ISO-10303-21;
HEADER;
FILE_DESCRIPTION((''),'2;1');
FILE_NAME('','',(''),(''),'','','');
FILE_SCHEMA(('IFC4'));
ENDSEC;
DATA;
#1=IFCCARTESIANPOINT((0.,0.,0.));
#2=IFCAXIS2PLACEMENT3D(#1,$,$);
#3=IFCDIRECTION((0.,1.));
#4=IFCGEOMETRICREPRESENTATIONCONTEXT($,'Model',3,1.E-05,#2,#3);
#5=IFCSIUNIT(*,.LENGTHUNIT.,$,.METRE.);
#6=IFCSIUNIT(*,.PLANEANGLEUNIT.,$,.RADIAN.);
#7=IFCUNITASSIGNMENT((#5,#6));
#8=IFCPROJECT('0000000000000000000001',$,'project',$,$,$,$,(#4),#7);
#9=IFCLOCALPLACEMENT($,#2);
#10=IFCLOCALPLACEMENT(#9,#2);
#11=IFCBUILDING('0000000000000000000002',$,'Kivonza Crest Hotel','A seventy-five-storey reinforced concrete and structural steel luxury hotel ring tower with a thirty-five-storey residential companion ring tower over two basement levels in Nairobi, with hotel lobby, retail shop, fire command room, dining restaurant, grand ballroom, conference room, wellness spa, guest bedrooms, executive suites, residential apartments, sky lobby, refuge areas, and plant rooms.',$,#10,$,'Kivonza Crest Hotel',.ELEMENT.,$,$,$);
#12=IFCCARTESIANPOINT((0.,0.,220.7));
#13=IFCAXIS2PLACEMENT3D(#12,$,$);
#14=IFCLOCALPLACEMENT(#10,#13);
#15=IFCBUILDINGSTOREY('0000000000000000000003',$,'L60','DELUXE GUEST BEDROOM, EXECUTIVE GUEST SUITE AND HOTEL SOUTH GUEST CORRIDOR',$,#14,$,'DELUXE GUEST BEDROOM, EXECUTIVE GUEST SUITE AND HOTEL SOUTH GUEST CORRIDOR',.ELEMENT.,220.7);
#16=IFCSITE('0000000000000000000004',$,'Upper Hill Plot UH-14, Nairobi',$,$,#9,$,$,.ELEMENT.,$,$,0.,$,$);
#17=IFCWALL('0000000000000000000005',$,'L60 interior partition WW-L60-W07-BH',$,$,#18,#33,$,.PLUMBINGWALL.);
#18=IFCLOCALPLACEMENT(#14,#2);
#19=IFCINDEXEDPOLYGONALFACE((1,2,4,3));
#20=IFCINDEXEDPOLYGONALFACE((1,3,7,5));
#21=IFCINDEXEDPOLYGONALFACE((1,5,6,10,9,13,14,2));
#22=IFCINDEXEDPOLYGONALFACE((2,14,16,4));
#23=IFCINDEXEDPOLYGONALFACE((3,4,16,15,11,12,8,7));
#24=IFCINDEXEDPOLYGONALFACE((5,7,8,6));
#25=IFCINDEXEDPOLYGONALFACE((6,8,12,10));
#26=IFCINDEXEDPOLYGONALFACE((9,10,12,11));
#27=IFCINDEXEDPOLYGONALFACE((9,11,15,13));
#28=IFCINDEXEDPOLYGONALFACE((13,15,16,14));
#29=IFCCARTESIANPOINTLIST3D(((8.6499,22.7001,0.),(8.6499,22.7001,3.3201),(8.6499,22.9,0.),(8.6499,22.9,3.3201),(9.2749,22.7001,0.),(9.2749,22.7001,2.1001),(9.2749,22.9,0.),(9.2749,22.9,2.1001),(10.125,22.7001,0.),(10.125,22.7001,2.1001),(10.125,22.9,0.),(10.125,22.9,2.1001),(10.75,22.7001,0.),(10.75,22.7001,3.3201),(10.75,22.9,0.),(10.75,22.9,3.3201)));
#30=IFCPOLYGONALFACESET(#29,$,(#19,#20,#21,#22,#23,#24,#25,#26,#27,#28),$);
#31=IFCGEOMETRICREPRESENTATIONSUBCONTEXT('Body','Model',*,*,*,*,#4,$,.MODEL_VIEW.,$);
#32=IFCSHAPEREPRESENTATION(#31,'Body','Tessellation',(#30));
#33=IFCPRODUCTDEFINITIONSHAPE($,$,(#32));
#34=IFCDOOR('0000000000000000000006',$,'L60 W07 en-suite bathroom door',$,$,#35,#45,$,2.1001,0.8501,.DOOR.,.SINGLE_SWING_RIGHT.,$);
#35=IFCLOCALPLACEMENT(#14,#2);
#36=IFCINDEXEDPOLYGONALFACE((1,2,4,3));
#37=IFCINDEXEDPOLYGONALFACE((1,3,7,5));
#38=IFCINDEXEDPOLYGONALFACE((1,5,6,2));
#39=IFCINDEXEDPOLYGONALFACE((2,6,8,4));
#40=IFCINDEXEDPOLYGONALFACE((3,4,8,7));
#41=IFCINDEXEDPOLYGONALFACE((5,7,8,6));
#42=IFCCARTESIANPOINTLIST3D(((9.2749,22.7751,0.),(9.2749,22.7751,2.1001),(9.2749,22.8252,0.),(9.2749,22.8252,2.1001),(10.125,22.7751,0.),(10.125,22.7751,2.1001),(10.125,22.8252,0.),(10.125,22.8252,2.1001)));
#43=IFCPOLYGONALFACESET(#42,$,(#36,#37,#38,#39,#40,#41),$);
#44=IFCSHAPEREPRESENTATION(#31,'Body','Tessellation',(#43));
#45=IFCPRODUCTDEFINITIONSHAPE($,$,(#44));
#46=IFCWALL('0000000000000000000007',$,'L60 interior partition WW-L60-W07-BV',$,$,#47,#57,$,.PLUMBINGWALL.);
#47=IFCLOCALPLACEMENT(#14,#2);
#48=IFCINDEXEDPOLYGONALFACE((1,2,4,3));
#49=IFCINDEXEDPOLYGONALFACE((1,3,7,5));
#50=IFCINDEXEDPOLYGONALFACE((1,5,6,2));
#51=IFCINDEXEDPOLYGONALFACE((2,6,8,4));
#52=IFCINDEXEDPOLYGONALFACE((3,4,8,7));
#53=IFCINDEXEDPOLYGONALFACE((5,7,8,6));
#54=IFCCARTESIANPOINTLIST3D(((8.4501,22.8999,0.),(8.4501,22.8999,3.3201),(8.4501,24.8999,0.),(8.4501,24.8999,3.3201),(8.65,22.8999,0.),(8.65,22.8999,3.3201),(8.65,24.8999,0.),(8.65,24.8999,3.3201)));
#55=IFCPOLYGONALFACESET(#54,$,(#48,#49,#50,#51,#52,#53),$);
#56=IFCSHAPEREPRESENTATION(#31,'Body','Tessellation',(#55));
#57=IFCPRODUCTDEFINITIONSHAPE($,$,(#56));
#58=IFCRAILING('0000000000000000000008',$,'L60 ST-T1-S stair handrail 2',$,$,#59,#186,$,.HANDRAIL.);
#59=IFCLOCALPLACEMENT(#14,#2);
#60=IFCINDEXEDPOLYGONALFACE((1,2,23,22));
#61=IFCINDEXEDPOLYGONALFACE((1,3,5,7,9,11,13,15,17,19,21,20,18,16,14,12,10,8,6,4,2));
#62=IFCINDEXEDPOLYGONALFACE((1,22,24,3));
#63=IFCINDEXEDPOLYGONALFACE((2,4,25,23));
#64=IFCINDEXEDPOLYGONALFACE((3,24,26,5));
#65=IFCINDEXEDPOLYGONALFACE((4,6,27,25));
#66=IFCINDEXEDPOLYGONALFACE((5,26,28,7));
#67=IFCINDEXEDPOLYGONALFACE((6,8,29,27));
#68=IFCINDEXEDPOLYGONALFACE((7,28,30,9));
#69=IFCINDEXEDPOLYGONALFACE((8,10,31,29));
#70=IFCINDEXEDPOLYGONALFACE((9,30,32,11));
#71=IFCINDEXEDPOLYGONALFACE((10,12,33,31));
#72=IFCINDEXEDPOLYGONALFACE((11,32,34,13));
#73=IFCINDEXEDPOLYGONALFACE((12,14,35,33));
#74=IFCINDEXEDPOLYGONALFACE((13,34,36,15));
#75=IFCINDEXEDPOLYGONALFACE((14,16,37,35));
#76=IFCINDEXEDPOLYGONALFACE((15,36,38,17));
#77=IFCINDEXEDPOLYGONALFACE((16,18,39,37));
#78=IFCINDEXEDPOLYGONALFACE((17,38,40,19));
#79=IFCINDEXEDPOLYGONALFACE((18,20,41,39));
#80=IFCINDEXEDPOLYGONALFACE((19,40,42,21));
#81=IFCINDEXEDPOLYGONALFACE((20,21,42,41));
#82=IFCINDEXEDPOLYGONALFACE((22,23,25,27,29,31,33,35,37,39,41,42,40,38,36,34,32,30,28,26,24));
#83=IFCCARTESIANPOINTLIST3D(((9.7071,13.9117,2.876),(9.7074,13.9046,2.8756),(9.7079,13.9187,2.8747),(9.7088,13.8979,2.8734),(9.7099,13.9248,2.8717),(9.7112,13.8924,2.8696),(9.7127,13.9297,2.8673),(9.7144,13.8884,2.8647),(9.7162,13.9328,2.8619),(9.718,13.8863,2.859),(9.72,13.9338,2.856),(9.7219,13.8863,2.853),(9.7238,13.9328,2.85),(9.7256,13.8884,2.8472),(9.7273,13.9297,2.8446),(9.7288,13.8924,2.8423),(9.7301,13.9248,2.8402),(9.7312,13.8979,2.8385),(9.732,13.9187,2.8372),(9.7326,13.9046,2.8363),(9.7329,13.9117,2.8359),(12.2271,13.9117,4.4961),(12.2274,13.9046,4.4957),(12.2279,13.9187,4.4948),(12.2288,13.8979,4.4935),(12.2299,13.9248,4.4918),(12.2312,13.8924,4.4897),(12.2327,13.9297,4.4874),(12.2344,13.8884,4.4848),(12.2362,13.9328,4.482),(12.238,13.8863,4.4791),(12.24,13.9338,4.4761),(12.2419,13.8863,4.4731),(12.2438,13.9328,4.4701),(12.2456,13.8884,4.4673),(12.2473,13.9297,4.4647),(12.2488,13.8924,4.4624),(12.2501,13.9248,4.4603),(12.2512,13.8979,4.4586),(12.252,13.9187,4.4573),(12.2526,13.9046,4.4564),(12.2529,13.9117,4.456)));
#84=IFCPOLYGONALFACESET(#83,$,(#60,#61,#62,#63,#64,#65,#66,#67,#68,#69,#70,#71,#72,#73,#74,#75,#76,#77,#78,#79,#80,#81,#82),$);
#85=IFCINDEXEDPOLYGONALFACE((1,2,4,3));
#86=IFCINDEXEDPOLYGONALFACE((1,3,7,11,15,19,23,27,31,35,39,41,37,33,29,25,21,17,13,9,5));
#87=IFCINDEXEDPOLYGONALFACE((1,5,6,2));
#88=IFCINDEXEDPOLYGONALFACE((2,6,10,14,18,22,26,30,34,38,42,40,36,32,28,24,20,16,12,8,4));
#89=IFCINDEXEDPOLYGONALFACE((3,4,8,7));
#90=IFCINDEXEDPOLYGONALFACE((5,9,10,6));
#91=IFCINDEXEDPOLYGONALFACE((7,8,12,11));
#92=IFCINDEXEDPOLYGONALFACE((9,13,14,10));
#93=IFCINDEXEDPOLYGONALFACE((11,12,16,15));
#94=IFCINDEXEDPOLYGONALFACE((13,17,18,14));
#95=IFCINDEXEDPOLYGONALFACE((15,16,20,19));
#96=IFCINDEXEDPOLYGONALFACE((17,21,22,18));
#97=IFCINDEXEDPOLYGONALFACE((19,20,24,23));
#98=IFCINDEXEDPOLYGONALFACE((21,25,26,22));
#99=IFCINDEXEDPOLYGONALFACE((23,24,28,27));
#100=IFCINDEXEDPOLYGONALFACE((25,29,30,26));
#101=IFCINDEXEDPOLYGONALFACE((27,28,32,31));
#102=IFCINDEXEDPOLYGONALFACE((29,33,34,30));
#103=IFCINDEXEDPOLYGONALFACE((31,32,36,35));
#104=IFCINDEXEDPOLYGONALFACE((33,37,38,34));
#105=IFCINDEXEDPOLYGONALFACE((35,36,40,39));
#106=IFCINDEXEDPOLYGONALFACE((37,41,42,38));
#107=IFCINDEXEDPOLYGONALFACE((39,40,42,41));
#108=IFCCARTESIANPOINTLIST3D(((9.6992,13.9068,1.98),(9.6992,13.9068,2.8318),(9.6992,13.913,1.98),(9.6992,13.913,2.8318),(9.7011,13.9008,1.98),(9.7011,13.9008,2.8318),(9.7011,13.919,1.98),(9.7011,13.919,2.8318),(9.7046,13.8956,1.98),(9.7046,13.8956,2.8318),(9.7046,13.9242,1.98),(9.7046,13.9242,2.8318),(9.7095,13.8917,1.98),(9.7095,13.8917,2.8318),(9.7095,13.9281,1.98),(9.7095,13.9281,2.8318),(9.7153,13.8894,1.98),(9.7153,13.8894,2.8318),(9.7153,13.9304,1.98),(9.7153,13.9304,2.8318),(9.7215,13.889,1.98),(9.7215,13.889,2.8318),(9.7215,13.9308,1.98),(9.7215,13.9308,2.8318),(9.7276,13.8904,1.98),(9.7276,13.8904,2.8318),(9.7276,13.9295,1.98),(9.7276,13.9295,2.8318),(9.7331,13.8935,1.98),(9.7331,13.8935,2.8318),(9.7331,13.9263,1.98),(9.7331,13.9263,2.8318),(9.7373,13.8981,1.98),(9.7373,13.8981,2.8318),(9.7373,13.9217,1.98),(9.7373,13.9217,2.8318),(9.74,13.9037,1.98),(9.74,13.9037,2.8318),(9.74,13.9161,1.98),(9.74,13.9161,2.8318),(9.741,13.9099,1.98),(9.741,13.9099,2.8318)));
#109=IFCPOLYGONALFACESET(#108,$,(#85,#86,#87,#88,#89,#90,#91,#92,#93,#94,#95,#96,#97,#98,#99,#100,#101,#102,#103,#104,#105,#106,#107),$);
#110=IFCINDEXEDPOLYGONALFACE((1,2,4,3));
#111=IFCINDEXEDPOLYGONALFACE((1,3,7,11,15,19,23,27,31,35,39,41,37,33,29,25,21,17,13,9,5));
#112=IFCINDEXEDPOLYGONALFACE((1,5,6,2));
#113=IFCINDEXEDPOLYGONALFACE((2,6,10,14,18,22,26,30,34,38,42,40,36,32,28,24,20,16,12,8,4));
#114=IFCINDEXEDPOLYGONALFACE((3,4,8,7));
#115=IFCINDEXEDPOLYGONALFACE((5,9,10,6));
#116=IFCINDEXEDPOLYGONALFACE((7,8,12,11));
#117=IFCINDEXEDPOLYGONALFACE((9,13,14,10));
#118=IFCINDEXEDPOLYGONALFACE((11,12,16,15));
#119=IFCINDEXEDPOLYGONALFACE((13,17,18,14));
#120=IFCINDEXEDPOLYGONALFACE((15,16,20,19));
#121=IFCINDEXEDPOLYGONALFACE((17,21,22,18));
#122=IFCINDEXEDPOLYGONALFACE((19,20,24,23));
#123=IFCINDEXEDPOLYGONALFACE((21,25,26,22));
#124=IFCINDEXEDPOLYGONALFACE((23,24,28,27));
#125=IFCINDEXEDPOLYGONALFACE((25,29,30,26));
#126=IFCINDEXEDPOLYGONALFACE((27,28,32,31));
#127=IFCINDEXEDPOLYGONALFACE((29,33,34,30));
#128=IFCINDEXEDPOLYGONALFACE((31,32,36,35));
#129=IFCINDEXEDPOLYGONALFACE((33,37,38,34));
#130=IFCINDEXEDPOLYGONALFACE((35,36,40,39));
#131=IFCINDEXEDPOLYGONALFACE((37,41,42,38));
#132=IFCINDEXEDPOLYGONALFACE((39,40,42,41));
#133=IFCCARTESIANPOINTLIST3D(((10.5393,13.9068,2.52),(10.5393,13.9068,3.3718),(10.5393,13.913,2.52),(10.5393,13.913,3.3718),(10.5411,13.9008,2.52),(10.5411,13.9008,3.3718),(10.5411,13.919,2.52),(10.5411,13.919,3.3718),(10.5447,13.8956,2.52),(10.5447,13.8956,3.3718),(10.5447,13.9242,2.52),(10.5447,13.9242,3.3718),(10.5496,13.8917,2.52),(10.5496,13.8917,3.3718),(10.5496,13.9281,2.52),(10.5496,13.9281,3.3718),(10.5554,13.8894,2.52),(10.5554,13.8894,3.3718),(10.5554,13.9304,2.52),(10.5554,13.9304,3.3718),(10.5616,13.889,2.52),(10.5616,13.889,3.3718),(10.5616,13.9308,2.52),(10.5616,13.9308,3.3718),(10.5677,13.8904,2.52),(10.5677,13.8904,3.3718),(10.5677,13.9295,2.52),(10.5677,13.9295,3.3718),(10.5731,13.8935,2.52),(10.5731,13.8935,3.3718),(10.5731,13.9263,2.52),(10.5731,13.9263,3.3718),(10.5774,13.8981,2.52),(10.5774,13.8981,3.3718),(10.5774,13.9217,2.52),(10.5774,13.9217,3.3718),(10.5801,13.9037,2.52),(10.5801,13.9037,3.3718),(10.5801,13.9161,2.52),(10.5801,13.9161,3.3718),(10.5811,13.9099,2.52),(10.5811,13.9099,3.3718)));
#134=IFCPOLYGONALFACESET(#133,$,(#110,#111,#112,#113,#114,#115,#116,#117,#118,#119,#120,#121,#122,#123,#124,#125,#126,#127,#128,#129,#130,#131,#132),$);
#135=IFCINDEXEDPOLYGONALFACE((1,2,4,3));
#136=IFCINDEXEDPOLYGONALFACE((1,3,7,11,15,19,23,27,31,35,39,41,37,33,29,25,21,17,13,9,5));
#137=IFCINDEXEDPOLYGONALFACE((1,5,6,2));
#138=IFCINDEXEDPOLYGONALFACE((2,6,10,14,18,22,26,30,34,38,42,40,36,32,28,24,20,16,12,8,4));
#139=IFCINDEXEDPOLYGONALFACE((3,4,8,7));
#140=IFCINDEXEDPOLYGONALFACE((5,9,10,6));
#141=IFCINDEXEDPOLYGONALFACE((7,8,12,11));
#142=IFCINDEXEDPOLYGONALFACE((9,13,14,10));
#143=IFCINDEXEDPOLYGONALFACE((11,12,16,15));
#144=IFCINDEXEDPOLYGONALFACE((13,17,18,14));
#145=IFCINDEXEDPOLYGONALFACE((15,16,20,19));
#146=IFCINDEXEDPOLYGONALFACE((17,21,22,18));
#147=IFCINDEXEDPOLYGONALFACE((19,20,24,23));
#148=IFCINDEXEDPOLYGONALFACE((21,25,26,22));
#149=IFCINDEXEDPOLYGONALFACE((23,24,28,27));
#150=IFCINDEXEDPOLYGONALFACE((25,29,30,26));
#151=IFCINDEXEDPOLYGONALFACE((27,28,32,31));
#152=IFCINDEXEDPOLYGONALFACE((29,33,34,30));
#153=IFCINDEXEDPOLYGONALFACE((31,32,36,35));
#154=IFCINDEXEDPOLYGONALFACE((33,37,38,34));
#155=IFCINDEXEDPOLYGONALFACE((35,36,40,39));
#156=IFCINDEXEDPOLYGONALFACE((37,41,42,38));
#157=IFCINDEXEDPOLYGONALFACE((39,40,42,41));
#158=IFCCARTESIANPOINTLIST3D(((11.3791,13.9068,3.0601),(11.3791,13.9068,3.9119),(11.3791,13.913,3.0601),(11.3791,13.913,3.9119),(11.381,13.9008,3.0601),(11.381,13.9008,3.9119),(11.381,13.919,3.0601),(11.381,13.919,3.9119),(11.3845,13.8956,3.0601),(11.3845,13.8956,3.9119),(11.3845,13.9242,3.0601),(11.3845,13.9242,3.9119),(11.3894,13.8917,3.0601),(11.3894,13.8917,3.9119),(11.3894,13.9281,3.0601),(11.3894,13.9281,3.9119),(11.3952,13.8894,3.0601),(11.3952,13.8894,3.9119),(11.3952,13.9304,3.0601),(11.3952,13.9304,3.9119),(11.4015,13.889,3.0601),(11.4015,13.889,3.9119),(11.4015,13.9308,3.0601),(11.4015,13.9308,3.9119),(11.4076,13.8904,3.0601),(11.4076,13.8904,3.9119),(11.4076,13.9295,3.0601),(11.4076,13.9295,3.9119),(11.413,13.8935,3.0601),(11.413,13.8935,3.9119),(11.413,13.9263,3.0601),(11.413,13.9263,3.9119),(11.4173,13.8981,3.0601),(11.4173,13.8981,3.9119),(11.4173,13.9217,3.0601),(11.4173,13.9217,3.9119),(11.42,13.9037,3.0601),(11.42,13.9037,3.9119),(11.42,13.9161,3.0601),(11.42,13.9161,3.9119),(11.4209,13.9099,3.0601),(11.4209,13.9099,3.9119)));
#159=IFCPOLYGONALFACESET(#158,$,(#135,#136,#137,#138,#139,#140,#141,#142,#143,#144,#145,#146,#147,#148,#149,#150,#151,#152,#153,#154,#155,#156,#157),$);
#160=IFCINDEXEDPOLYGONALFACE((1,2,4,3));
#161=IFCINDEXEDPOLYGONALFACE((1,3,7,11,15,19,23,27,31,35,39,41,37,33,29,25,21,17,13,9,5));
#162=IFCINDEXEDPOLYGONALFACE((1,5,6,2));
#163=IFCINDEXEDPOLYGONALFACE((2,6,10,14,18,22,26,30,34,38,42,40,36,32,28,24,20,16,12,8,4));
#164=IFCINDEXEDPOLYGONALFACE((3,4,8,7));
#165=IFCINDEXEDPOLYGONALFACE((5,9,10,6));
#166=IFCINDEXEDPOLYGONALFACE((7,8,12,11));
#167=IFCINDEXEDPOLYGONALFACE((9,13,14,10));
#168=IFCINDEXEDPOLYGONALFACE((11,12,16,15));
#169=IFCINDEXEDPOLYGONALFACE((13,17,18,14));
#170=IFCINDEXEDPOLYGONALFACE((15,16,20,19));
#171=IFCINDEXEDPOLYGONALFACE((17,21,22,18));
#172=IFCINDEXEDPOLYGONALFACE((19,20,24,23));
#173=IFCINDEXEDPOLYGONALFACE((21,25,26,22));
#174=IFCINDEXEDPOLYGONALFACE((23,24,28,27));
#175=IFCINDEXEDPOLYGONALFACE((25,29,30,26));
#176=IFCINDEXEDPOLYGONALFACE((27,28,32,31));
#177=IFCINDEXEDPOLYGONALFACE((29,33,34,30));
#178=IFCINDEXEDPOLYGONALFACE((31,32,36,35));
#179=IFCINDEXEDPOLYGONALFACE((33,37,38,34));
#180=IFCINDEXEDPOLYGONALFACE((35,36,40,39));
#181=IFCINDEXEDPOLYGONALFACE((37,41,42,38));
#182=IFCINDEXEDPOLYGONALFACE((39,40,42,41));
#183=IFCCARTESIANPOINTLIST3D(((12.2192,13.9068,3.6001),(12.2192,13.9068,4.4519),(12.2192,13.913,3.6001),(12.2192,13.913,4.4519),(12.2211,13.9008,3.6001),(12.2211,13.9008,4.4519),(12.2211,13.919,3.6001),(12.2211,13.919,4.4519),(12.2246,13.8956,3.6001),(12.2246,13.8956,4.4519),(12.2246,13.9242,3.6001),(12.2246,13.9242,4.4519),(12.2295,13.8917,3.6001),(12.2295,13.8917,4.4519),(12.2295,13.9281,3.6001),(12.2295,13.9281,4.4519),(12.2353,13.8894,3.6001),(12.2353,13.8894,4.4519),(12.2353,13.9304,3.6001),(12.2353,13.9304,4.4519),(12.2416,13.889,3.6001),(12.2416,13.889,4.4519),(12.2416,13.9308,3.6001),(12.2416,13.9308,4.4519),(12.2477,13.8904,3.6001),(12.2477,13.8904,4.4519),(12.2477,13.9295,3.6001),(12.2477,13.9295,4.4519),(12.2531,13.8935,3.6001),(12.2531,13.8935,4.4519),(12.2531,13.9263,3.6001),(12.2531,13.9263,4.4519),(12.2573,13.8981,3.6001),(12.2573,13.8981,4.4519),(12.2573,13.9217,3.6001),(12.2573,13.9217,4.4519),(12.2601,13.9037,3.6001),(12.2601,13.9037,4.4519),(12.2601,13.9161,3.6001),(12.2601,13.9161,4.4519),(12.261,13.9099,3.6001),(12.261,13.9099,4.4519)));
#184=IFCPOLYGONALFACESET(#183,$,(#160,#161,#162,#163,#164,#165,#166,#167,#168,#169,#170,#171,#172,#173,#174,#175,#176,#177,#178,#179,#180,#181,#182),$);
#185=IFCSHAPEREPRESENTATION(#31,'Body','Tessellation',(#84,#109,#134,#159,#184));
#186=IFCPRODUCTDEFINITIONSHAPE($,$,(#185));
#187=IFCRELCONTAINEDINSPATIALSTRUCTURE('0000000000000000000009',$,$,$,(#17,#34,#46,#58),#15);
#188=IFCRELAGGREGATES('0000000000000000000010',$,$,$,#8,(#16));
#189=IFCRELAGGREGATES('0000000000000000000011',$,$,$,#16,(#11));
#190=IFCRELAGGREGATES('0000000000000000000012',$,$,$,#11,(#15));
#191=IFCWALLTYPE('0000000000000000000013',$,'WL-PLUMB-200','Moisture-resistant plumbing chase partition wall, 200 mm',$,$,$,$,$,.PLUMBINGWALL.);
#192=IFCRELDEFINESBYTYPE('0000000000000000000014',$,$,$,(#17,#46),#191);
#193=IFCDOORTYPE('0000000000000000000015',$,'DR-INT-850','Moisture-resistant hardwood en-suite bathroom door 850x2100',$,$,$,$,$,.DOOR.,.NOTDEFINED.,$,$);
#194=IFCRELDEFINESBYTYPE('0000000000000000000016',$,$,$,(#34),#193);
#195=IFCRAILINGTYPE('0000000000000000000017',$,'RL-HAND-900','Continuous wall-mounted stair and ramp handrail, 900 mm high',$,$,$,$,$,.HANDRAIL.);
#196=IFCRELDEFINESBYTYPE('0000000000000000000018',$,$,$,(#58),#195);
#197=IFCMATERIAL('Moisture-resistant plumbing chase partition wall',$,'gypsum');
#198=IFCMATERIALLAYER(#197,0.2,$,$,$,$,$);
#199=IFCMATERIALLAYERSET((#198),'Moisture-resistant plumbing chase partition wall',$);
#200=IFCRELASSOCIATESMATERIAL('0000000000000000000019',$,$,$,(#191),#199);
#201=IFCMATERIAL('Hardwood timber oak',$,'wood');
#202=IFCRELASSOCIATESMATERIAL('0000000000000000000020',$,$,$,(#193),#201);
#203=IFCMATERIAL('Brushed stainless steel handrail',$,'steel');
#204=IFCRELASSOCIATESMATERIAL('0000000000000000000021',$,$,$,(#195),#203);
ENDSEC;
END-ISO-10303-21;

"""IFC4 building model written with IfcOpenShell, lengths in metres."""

from ifc_helpers import new_model, si_unit, direction, frame, frame_2d, origin, origin_2d, place, context, subcontext, project, spatial, rectangle, circle, extrude, material, layer, layer_set, type_object, element, fill, save


model = new_model("IFC4")

# Units and contexts
model_context = context("Model", 3, precision=1e-05, world=origin(), true_north=direction((0.0, 1.0)))
body_context = subcontext(model_context, "Body", "Model", "MODEL_VIEW")
ifc_project = project(units=[si_unit("LENGTHUNIT", "METRE"), si_unit("PLANEANGLEUNIT", "RADIAN")], contexts=[model_context])

# Site, building, storey
site_placement = place(None, origin())
site = spatial("IfcSite", under=ifc_project, at=site_placement, Name="Upper Hill Plot UH-14, Nairobi", CompositionType="ELEMENT", RefElevation=0.0)
building_placement = place(site_placement, origin())
building = spatial("IfcBuilding", under=site, at=building_placement, Name="Kivonza Crest Hotel", Description="A seventy-five-storey reinforced concrete and structural steel luxury hotel ring tower with a thirty-five-storey residential companion ring tower over two basement levels in Nairobi, with hotel lobby, retail shop, fire command room, dining restaurant, grand ballroom, conference room, wellness spa, guest bedrooms, executive suites, residential apartments, sky lobby, refuge areas, and plant rooms.", LongName="Kivonza Crest Hotel", CompositionType="ELEMENT")
storey_placement = place(building_placement, frame((0.0, 0.0, 220.7)))
storey = spatial("IfcBuildingStorey", under=building, at=storey_placement, Name="L60", Description="DELUXE GUEST BEDROOM, EXECUTIVE GUEST SUITE AND HOTEL SOUTH GUEST CORRIDOR", LongName="DELUXE GUEST BEDROOM, EXECUTIVE GUEST SUITE AND HOTEL SOUTH GUEST CORRIDOR", CompositionType="ELEMENT", Elevation=220.7)

# Wall, opening, door
ifc_material_1 = material(Name="Moisture-resistant plumbing chase partition wall", Category="gypsum")
ifc_layer_1 = layer(ifc_material_1, 0.2)
ifc_layer_set_1 = layer_set([ifc_layer_1], Name="Moisture-resistant plumbing chase partition wall")
wall_type_1 = type_object("IfcWallType", Name="WL-PLUMB-200", Description="Moisture-resistant plumbing chase partition wall, 200 mm", PredefinedType="PLUMBINGWALL", material=ifc_layer_set_1)
wall_1_placement = place(storey_placement, frame((8.6499, 22.8, 0.0), z_axis=(0.0, 0.0, 1.0), x_axis=(1.0, 0.0, 0.0)))
wall_1 = element("IfcWall", 1, at=wall_1_placement, inside=storey, type_object=wall_type_1, Name="L60 interior partition WW-L60-W07-BH", PredefinedType="PLUMBINGWALL", context=body_context, shape_type="SweptSolid", body=[
    extrude(rectangle(XDim=2.1001, YDim=0.2, at=frame_2d((1.05, 0.0))), origin(), (0.0, 0.0, 1.0), 3.3201),
])
opening_1_placement = place(wall_1_placement, frame((0.625, 0.0, 0.0)))
opening_1 = element("IfcOpeningElement", 2, at=opening_1_placement, cuts=wall_1, PredefinedType="OPENING", context=body_context, shape_type="SweptSolid", body=[
    extrude(rectangle(XDim=0.8501, YDim=2.1001, at=frame_2d((0.425, 1.05))), frame((0.0, 0.1099, 0.0), z_axis=(0.0, -1.0, 0.0), x_axis=(1.0, 0.0, 0.0)), (0.0, 0.0, 1.0), 0.22),
])
ifc_material_2 = material(Name="Hardwood timber oak", Category="wood")
door_type = type_object("IfcDoorType", Name="DR-INT-850", Description="Moisture-resistant hardwood en-suite bathroom door 850x2100", OperationType="NOTDEFINED", PredefinedType="DOOR", material=ifc_material_2)
door_placement = place(opening_1_placement, frame((0.8501, 0.0, 0.0), z_axis=(0.0, 0.0, 1.0), x_axis=(-1.0, 0.0, 0.0)))
door = element("IfcDoor", 3, at=door_placement, inside=storey, type_object=door_type, Name="L60 W07 en-suite bathroom door", OperationType="SINGLE_SWING_RIGHT", OverallHeight=2.1001, OverallWidth=0.8501, PredefinedType="DOOR", context=body_context, shape_type="SweptSolid", body=[
    extrude(rectangle(XDim=0.8501, YDim=2.1001, at=frame_2d((0.425, 1.05))), frame((0.0, 0.0249, 0.0), z_axis=(0.0, -1.0, 0.0), x_axis=(1.0, 0.0, 0.0)), (0.0, 0.0, 1.0), 0.05),
])
fill(opening_1, door)

# Wall
wall_2_placement = place(storey_placement, frame((8.55, 22.8999, 0.0), z_axis=(0.0, 0.0, 1.0), x_axis=(0.0, 1.0, 0.0)))
element("IfcWall", 4, at=wall_2_placement, inside=storey, type_object=wall_type_1, Name="L60 interior partition WW-L60-W07-BV", PredefinedType="PLUMBINGWALL", context=body_context, shape_type="SweptSolid", body=[
    extrude(rectangle(XDim=2.0, YDim=0.2, at=frame_2d((1.0, 0.0))), origin(), (0.0, 0.0, 1.0), 3.3201),
])

# Railing
ifc_material_3 = material(Name="Brushed stainless steel handrail", Category="steel")
railing_type_1 = type_object("IfcRailingType", Name="RL-HAND-900", Description="Continuous wall-mounted stair and ramp handrail, 900 mm high", PredefinedType="HANDRAIL", material=ifc_material_3)
railing_1_placement = place(storey_placement, frame((9.72, 13.9099, 1.98)))
element("IfcRailing", 5, at=railing_1_placement, inside=storey, type_object=railing_type_1, Name="L60 ST-T1-S stair handrail 2", PredefinedType="HANDRAIL", context=body_context, shape_type="SweptSolid", body=[
    extrude(circle(Radius=0.0239, at=origin_2d()), frame((0.0, 0.0, 0.876), z_axis=(0.841163, 0.0, 0.540782), x_axis=(0.0, 1.0, 0.0)), (0.0, 0.0, 1.0), 2.9958),
    extrude(circle(Radius=0.021, at=origin_2d()), origin(), (0.0, 0.0, 1.0), 0.8518),
    extrude(circle(Radius=0.021, at=origin_2d()), frame((0.8401, 0.0, 0.54)), (0.0, 0.0, 1.0), 0.8518),
    extrude(circle(Radius=0.021, at=origin_2d()), frame((1.6799, 0.0, 1.0801)), (0.0, 0.0, 1.0), 0.8518),
    extrude(circle(Radius=0.021, at=origin_2d()), frame((2.52, 0.0, 1.6201)), (0.0, 0.0, 1.0), 0.8518),
])

save(model, "model.ifc")
